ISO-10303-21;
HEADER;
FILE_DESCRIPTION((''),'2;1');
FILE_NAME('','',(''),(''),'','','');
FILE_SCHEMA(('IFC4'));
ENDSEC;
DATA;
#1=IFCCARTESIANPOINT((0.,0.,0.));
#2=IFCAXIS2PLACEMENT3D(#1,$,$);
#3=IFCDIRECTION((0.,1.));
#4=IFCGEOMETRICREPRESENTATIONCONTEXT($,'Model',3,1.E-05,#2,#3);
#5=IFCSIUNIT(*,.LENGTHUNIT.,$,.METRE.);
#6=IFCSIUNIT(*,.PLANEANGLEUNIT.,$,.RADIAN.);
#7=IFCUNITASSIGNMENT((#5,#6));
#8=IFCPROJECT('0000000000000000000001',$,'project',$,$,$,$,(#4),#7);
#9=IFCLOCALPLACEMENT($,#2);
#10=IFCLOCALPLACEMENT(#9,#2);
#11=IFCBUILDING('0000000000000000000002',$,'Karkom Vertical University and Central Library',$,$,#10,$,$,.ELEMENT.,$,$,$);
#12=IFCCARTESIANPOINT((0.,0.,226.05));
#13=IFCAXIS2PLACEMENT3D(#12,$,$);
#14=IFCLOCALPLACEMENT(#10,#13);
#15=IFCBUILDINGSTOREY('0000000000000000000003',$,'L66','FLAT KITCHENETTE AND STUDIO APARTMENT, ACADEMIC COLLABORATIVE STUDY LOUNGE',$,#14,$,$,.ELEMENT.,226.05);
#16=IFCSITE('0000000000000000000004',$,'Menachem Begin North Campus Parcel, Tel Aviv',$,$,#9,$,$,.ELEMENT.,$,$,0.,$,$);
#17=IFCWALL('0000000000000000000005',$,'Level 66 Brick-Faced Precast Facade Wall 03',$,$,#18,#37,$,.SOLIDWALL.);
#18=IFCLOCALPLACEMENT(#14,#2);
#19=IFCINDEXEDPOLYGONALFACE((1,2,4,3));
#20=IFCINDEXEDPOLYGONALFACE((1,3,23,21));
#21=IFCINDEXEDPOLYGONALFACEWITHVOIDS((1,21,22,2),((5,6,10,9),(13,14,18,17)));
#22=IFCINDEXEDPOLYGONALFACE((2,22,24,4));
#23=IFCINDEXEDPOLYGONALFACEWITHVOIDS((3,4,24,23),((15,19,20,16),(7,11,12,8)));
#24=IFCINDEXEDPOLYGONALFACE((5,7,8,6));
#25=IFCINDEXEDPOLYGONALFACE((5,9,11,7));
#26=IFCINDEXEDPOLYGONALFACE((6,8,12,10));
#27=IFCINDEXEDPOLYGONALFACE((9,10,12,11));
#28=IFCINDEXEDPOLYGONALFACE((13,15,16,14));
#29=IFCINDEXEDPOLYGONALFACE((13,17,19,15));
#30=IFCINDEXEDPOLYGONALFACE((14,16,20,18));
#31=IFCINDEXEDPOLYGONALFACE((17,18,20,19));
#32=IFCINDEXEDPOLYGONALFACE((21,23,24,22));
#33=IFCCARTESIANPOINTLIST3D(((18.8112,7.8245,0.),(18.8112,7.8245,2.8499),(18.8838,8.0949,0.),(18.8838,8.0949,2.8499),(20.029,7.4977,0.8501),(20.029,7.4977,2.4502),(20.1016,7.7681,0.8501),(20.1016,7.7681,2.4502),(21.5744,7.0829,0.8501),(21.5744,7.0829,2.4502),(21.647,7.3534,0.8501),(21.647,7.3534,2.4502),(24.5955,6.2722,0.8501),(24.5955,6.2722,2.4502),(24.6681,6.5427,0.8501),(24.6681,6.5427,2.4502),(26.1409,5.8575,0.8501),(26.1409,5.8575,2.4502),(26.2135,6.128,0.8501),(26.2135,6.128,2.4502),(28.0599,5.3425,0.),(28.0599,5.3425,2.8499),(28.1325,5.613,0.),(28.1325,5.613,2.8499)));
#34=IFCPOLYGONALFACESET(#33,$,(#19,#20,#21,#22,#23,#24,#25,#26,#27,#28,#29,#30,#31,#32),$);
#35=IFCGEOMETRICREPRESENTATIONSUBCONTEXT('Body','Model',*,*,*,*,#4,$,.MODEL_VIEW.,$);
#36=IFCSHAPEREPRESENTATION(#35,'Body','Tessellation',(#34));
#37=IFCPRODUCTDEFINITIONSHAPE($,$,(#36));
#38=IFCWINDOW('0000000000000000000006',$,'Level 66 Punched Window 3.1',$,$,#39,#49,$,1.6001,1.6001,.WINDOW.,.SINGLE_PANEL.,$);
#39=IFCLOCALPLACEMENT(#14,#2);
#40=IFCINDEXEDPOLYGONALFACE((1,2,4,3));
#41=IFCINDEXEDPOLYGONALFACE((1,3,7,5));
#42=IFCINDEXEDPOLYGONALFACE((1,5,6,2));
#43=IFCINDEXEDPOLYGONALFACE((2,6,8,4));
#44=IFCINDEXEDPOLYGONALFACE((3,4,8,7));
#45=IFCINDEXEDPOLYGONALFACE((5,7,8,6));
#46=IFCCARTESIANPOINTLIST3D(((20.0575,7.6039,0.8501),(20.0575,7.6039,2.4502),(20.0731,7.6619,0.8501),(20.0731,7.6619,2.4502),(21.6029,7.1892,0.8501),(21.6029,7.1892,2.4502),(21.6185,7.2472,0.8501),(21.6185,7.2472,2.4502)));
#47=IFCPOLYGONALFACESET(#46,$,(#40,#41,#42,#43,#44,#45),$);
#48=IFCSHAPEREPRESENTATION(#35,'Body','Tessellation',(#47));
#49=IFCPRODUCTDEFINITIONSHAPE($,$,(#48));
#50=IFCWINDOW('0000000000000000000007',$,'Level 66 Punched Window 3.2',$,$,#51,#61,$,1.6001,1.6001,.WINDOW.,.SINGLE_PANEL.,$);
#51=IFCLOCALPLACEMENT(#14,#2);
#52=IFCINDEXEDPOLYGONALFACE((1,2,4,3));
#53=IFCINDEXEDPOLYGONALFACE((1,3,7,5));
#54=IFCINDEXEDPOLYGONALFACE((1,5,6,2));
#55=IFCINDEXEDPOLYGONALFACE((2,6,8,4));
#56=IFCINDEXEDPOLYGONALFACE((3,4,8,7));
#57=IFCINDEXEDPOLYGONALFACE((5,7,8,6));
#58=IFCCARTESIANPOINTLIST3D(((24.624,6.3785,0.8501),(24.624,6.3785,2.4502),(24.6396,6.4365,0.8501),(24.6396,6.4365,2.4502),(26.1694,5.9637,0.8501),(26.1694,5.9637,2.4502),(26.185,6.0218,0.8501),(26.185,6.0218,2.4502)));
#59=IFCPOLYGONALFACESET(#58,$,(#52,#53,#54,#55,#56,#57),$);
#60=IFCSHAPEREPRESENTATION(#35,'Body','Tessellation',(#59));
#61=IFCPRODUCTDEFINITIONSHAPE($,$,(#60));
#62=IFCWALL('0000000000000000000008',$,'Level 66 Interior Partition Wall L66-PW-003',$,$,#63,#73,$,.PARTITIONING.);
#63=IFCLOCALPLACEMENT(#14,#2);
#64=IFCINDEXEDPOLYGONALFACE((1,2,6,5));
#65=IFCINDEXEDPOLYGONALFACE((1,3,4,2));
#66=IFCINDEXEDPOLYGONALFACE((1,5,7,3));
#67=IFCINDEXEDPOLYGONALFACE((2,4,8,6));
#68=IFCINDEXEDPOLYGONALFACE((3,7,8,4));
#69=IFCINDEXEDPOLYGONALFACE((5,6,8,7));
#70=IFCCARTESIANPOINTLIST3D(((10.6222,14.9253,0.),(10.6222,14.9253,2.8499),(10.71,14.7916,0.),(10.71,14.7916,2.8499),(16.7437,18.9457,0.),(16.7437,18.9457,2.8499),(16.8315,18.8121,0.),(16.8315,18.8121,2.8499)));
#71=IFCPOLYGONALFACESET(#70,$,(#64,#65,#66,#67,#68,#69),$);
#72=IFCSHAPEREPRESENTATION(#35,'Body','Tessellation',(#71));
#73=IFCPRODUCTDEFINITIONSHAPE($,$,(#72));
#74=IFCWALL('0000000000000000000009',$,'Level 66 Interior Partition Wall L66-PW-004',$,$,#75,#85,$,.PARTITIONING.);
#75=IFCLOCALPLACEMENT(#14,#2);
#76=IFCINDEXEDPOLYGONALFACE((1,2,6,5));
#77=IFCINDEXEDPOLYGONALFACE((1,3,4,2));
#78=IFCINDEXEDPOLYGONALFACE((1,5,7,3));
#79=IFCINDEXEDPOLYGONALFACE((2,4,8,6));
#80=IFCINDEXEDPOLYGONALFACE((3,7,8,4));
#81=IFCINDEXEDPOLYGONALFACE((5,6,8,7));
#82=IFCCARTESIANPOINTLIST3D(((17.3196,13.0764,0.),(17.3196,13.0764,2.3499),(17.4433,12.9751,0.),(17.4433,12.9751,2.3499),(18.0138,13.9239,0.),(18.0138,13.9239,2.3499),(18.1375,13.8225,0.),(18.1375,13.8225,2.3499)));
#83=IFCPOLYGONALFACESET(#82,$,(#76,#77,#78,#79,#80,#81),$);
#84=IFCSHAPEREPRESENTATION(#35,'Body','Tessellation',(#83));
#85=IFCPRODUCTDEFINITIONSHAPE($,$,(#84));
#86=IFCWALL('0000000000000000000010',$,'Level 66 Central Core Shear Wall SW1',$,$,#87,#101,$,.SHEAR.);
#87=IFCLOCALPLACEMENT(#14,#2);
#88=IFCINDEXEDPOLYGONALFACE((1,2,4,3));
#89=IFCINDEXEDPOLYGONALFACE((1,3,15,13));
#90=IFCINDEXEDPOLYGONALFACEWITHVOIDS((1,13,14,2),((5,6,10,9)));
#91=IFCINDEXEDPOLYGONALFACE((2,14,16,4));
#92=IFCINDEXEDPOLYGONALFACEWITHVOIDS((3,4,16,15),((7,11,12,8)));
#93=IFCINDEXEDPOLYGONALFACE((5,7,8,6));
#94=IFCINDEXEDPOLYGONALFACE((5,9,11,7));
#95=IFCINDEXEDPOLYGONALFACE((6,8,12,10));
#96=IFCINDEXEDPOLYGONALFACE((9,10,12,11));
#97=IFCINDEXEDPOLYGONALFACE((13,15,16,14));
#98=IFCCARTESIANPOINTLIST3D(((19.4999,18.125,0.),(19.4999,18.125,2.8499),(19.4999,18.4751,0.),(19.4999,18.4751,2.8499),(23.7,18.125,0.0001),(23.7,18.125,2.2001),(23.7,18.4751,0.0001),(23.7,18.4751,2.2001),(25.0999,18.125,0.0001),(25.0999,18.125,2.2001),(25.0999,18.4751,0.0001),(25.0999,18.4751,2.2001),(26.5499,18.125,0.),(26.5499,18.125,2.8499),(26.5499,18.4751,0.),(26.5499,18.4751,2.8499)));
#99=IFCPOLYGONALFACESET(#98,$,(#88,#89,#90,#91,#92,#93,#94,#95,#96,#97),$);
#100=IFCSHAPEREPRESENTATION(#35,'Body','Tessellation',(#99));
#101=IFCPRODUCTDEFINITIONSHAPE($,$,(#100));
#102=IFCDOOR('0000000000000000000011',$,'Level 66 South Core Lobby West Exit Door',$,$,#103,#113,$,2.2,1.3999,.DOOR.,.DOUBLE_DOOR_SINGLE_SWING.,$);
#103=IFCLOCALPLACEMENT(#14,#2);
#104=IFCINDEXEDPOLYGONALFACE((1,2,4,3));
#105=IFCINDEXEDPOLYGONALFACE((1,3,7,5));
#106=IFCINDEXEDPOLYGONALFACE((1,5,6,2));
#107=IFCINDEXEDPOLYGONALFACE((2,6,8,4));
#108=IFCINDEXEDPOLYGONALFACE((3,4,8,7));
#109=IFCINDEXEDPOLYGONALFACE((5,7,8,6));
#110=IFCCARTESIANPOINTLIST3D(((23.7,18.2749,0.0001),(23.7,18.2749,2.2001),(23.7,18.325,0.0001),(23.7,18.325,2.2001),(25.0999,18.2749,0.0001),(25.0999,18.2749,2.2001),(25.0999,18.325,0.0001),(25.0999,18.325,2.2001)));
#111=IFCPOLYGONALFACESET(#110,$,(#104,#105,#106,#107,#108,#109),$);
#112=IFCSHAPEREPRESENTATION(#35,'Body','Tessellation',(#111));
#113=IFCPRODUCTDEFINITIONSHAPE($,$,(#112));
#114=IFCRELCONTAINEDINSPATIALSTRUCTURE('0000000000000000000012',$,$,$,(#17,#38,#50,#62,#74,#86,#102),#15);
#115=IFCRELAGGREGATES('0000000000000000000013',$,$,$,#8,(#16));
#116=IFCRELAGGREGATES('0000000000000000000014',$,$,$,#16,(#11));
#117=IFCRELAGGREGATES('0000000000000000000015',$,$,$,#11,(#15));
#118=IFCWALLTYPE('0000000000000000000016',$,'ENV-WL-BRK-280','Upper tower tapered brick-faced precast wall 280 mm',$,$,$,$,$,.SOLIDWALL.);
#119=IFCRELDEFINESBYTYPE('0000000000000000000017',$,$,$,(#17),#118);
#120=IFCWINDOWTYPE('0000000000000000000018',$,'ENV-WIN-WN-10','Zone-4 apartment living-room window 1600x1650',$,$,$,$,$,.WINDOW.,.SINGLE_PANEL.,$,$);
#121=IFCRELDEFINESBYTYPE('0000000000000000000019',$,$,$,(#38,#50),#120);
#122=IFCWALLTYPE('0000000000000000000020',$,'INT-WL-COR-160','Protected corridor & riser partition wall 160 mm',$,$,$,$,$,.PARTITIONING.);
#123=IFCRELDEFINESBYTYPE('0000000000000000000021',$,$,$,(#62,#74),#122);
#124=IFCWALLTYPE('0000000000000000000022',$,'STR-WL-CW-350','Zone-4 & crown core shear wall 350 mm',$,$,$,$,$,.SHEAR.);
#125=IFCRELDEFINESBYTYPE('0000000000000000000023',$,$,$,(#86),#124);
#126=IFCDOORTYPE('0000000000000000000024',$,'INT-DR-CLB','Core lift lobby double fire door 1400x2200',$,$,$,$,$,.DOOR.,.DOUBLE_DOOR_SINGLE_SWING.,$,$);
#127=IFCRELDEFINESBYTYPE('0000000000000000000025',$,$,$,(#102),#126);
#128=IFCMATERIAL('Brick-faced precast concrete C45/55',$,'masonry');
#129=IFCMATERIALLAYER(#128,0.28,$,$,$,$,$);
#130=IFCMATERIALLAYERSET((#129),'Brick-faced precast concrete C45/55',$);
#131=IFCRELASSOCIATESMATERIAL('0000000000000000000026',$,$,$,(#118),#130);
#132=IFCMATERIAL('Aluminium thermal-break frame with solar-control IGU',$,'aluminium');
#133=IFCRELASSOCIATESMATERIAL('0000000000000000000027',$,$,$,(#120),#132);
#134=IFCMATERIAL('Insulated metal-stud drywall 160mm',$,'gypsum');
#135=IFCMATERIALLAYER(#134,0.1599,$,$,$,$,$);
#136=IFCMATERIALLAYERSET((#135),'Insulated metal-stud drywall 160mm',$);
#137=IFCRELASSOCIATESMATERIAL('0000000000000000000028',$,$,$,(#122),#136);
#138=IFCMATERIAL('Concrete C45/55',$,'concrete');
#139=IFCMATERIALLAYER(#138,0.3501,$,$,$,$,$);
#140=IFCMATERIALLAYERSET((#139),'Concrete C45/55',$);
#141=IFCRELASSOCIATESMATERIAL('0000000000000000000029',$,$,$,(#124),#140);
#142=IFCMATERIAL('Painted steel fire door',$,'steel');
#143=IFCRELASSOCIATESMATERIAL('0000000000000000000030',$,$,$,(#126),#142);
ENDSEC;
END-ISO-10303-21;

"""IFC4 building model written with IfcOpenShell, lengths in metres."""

from ifc_helpers import new_model, si_unit, direction, frame, frame_2d, origin, origin_with_axes, place, context, subcontext, project, spatial, rectangle, extrude, source, transform, mapped, material, layer, layer_set, type_object, element, fill, save


model = new_model("IFC4")

# Units and contexts
model_context = context("Model", 3, precision=1e-05, world=origin(), true_north=direction((0.0, 1.0)))
body_context = subcontext(model_context, "Body", "Model", "MODEL_VIEW")
ifc_project = project(units=[si_unit("LENGTHUNIT", "METRE"), si_unit("PLANEANGLEUNIT", "RADIAN")], contexts=[model_context])

# Site, building, storey
site_placement = place(None, origin())
site = spatial("IfcSite", under=ifc_project, at=site_placement, Name="Menachem Begin North Campus Parcel, Tel Aviv", CompositionType="ELEMENT", RefElevation=0.0)
building_placement = place(site_placement, origin())
building = spatial("IfcBuilding", under=site, at=building_placement, Name="Karkom Vertical University and Central Library", CompositionType="ELEMENT")
storey_placement = place(building_placement, frame((0.0, 0.0, 226.05)))
storey = spatial("IfcBuildingStorey", under=building, at=storey_placement, Name="L66", Description="FLAT KITCHENETTE AND STUDIO APARTMENT, ACADEMIC COLLABORATIVE STUDY LOUNGE", CompositionType="ELEMENT", Elevation=226.05)

# Shared definitions
ifc_material_1 = material(Name="Concrete C45/55", Category="concrete")

# Wall, openings, windows
ifc_material_2 = material(Name="Brick-faced precast concrete C45/55", Category="masonry")
ifc_layer_1 = layer(ifc_material_2, 0.28)
ifc_layer_set_1 = layer_set([ifc_layer_1], Name="Brick-faced precast concrete C45/55")
wall_type_1 = type_object("IfcWallType", Name="ENV-WL-BRK-280", Description="Upper tower tapered brick-faced precast wall 280 mm", PredefinedType="SOLIDWALL", material=ifc_layer_set_1)
wall_1_placement = place(storey_placement, frame((18.8474, 7.9597, 0.0), z_axis=(0.0, 0.0, 1.0), x_axis=(0.965828, -0.259183, 0.0)))
wall_1 = element("IfcWall", 1, at=wall_1_placement, inside=storey, type_object=wall_type_1, Name="Level 66 Brick-Faced Precast Facade Wall 03", PredefinedType="SOLIDWALL", context=body_context, shape_type="SweptSolid", body=[
    extrude(rectangle(XDim=9.5759, YDim=0.28, at=frame_2d((4.7881, 0.0))), origin(), (0.0, 0.0, 1.0), 2.8499),
])
opening_1_placement = place(wall_1_placement, frame((1.261, 0.0, 0.8501)))
opening_1 = element("IfcOpeningElement", 2, at=opening_1_placement, cuts=wall_1, PredefinedType="OPENING", context=body_context, shape_type="SweptSolid", body=[
    extrude(rectangle(XDim=1.6001, YDim=1.6001, at=frame_2d((0.8, 0.8))), frame((0.0, 0.1499, 0.0), z_axis=(0.0, -1.0, 0.0), x_axis=(1.0, 0.0, 0.0)), (0.0, 0.0, 1.0), 0.3),
])
opening_2_placement = place(wall_1_placement, frame((5.989, 0.0, 0.8501)))
opening_2 = element("IfcOpeningElement", 3, at=opening_2_placement, cuts=wall_1, PredefinedType="OPENING", context=body_context, shape_type="SweptSolid", body=[
    extrude(rectangle(XDim=1.6001, YDim=1.6001, at=frame_2d((0.8, 0.8))), frame((0.0, 0.1499, 0.0), z_axis=(0.0, -1.0, 0.0), x_axis=(1.0, 0.0, 0.0)), (0.0, 0.0, 1.0), 0.3),
])
ifc_material_3 = material(Name="Aluminium thermal-break frame with solar-control IGU", Category="aluminium")
window_type = type_object("IfcWindowType", Name="ENV-WIN-WN-10", Description="Zone-4 apartment living-room window 1600x1650", PartitioningType="SINGLE_PANEL", PredefinedType="WINDOW", material=ifc_material_3)
shared_shape_1 = source(origin_with_axes(), body_context, "Body", "SweptSolid", [
    extrude(rectangle(XDim=1.6001, YDim=1.6001, at=frame_2d((0.8, 0.8))), frame((0.0, 0.03, 0.0), z_axis=(0.0, -1.0, 0.0), x_axis=(1.0, 0.0, 0.0)), (0.0, 0.0, 1.0), 0.0601),
])
window_1_placement = place(opening_1_placement, origin())
window_1 = element("IfcWindow", 4, at=window_1_placement, inside=storey, type_object=window_type, Name="Level 66 Punched Window 3.1", OverallHeight=1.6001, OverallWidth=1.6001, PartitioningType="SINGLE_PANEL", PredefinedType="WINDOW", context=body_context, shape_type="MappedRepresentation", body=[
    mapped(shared_shape_1, transform((0.0, 0.0, 0.0), scale=1.0)),
])
fill(opening_1, window_1)
window_2_placement = place(opening_2_placement, origin())
window_2 = element("IfcWindow", 5, at=window_2_placement, inside=storey, type_object=window_type, Name="Level 66 Punched Window 3.2", OverallHeight=1.6001, OverallWidth=1.6001, PartitioningType="SINGLE_PANEL", PredefinedType="WINDOW", context=body_context, shape_type="MappedRepresentation", body=[
    mapped(shared_shape_1, transform((0.0, 0.0, 0.0), scale=1.0)),
])
fill(opening_2, window_2)

# Walls
ifc_material_4 = material(Name="Insulated metal-stud drywall 160mm", Category="gypsum")
ifc_layer_2 = layer(ifc_material_4, 0.1599)
ifc_layer_set_2 = layer_set([ifc_layer_2], Name="Insulated metal-stud drywall 160mm")
wall_type_2 = type_object("IfcWallType", Name="INT-WL-COR-160", Description="Protected corridor & riser partition wall 160 mm", PredefinedType="PARTITIONING", material=ifc_layer_set_2)
wall_2_placement = place(storey_placement, frame((16.7876, 18.8789, 0.0), z_axis=(0.0, 0.0, 1.0), x_axis=(-0.835846, -0.548964, 0.0)))
element("IfcWall", 6, at=wall_2_placement, inside=storey, type_object=wall_type_2, Name="Level 66 Interior Partition Wall L66-PW-003", PredefinedType="PARTITIONING", context=body_context, shape_type="SweptSolid", body=[
    extrude(rectangle(XDim=7.3237, YDim=0.1599, at=frame_2d((3.6619, 0.0))), origin(), (0.0, 0.0, 1.0), 2.8499),
])
wall_3_placement = place(storey_placement, frame((18.0757, 13.8733, 0.0), z_axis=(0.0, 0.0, 1.0), x_axis=(-0.63365, -0.77362, 0.0)))
element("IfcWall", 7, at=wall_3_placement, inside=storey, type_object=wall_type_2, Name="Level 66 Interior Partition Wall L66-PW-004", PredefinedType="PARTITIONING", context=body_context, shape_type="SweptSolid", body=[
    extrude(rectangle(XDim=1.0955, YDim=0.1599, at=frame_2d((0.5479, 0.0))), origin(), (0.0, 0.0, 1.0), 2.3499),
])

# Wall, opening, door
ifc_layer_3 = layer(ifc_material_1, 0.3501)
ifc_layer_set_3 = layer_set([ifc_layer_3], Name="Concrete C45/55")
wall_type_3 = type_object("IfcWallType", Name="STR-WL-CW-350", Description="Zone-4 & crown core shear wall 350 mm", PredefinedType="SHEAR", material=ifc_layer_set_3)
wall_4_placement = place(storey_placement, frame((19.5, 18.3, 0.0), z_axis=(0.0, 0.0, 1.0), x_axis=(1.0, 0.0, 0.0)))
wall_4 = element("IfcWall", 8, at=wall_4_placement, inside=storey, type_object=wall_type_3, Name="Level 66 Central Core Shear Wall SW1", PredefinedType="SHEAR", context=body_context, shape_type="SweptSolid", body=[
    extrude(rectangle(XDim=7.05, YDim=0.3501, at=frame_2d((3.5249, 0.0))), origin(), (0.0, 0.0, 1.0), 2.8499),
])
opening_3_placement = place(wall_4_placement, frame((4.2, 0.0, 0.0)))
opening_3 = element("IfcOpeningElement", 9, at=opening_3_placement, cuts=wall_4, PredefinedType="OPENING", context=body_context, shape_type="SweptSolid", body=[
    extrude(rectangle(XDim=1.3999, YDim=2.2, at=frame_2d((0.7, 1.1001))), frame((0.0, 0.1851, 0.0), z_axis=(0.0, -1.0, 0.0), x_axis=(1.0, 0.0, 0.0)), (0.0, 0.0, 1.0), 0.3701),
])
ifc_material_5 = material(Name="Painted steel fire door", Category="steel")
door_type = type_object("IfcDoorType", Name="INT-DR-CLB", Description="Core lift lobby double fire door 1400x2200", OperationType="DOUBLE_DOOR_SINGLE_SWING", PredefinedType="DOOR", material=ifc_material_5)
shared_shape_2 = source(origin_with_axes(), body_context, "Body", "SweptSolid", [
    extrude(rectangle(XDim=1.3999, YDim=2.2, at=frame_2d((0.7, 1.1001))), frame((0.0, 0.0249, 0.0), z_axis=(0.0, -1.0, 0.0), x_axis=(1.0, 0.0, 0.0)), (0.0, 0.0, 1.0), 0.05),
])
door_placement = place(opening_3_placement, origin())
door = element("IfcDoor", 10, at=door_placement, inside=storey, type_object=door_type, Name="Level 66 South Core Lobby West Exit Door", OperationType="DOUBLE_DOOR_SINGLE_SWING", OverallHeight=2.2, OverallWidth=1.3999, PredefinedType="DOOR", context=body_context, shape_type="MappedRepresentation", body=[
    mapped(shared_shape_2, transform((0.0, 0.0, 0.0), scale=1.0)),
])
fill(opening_3, door)

save(model, "model.ifc")
